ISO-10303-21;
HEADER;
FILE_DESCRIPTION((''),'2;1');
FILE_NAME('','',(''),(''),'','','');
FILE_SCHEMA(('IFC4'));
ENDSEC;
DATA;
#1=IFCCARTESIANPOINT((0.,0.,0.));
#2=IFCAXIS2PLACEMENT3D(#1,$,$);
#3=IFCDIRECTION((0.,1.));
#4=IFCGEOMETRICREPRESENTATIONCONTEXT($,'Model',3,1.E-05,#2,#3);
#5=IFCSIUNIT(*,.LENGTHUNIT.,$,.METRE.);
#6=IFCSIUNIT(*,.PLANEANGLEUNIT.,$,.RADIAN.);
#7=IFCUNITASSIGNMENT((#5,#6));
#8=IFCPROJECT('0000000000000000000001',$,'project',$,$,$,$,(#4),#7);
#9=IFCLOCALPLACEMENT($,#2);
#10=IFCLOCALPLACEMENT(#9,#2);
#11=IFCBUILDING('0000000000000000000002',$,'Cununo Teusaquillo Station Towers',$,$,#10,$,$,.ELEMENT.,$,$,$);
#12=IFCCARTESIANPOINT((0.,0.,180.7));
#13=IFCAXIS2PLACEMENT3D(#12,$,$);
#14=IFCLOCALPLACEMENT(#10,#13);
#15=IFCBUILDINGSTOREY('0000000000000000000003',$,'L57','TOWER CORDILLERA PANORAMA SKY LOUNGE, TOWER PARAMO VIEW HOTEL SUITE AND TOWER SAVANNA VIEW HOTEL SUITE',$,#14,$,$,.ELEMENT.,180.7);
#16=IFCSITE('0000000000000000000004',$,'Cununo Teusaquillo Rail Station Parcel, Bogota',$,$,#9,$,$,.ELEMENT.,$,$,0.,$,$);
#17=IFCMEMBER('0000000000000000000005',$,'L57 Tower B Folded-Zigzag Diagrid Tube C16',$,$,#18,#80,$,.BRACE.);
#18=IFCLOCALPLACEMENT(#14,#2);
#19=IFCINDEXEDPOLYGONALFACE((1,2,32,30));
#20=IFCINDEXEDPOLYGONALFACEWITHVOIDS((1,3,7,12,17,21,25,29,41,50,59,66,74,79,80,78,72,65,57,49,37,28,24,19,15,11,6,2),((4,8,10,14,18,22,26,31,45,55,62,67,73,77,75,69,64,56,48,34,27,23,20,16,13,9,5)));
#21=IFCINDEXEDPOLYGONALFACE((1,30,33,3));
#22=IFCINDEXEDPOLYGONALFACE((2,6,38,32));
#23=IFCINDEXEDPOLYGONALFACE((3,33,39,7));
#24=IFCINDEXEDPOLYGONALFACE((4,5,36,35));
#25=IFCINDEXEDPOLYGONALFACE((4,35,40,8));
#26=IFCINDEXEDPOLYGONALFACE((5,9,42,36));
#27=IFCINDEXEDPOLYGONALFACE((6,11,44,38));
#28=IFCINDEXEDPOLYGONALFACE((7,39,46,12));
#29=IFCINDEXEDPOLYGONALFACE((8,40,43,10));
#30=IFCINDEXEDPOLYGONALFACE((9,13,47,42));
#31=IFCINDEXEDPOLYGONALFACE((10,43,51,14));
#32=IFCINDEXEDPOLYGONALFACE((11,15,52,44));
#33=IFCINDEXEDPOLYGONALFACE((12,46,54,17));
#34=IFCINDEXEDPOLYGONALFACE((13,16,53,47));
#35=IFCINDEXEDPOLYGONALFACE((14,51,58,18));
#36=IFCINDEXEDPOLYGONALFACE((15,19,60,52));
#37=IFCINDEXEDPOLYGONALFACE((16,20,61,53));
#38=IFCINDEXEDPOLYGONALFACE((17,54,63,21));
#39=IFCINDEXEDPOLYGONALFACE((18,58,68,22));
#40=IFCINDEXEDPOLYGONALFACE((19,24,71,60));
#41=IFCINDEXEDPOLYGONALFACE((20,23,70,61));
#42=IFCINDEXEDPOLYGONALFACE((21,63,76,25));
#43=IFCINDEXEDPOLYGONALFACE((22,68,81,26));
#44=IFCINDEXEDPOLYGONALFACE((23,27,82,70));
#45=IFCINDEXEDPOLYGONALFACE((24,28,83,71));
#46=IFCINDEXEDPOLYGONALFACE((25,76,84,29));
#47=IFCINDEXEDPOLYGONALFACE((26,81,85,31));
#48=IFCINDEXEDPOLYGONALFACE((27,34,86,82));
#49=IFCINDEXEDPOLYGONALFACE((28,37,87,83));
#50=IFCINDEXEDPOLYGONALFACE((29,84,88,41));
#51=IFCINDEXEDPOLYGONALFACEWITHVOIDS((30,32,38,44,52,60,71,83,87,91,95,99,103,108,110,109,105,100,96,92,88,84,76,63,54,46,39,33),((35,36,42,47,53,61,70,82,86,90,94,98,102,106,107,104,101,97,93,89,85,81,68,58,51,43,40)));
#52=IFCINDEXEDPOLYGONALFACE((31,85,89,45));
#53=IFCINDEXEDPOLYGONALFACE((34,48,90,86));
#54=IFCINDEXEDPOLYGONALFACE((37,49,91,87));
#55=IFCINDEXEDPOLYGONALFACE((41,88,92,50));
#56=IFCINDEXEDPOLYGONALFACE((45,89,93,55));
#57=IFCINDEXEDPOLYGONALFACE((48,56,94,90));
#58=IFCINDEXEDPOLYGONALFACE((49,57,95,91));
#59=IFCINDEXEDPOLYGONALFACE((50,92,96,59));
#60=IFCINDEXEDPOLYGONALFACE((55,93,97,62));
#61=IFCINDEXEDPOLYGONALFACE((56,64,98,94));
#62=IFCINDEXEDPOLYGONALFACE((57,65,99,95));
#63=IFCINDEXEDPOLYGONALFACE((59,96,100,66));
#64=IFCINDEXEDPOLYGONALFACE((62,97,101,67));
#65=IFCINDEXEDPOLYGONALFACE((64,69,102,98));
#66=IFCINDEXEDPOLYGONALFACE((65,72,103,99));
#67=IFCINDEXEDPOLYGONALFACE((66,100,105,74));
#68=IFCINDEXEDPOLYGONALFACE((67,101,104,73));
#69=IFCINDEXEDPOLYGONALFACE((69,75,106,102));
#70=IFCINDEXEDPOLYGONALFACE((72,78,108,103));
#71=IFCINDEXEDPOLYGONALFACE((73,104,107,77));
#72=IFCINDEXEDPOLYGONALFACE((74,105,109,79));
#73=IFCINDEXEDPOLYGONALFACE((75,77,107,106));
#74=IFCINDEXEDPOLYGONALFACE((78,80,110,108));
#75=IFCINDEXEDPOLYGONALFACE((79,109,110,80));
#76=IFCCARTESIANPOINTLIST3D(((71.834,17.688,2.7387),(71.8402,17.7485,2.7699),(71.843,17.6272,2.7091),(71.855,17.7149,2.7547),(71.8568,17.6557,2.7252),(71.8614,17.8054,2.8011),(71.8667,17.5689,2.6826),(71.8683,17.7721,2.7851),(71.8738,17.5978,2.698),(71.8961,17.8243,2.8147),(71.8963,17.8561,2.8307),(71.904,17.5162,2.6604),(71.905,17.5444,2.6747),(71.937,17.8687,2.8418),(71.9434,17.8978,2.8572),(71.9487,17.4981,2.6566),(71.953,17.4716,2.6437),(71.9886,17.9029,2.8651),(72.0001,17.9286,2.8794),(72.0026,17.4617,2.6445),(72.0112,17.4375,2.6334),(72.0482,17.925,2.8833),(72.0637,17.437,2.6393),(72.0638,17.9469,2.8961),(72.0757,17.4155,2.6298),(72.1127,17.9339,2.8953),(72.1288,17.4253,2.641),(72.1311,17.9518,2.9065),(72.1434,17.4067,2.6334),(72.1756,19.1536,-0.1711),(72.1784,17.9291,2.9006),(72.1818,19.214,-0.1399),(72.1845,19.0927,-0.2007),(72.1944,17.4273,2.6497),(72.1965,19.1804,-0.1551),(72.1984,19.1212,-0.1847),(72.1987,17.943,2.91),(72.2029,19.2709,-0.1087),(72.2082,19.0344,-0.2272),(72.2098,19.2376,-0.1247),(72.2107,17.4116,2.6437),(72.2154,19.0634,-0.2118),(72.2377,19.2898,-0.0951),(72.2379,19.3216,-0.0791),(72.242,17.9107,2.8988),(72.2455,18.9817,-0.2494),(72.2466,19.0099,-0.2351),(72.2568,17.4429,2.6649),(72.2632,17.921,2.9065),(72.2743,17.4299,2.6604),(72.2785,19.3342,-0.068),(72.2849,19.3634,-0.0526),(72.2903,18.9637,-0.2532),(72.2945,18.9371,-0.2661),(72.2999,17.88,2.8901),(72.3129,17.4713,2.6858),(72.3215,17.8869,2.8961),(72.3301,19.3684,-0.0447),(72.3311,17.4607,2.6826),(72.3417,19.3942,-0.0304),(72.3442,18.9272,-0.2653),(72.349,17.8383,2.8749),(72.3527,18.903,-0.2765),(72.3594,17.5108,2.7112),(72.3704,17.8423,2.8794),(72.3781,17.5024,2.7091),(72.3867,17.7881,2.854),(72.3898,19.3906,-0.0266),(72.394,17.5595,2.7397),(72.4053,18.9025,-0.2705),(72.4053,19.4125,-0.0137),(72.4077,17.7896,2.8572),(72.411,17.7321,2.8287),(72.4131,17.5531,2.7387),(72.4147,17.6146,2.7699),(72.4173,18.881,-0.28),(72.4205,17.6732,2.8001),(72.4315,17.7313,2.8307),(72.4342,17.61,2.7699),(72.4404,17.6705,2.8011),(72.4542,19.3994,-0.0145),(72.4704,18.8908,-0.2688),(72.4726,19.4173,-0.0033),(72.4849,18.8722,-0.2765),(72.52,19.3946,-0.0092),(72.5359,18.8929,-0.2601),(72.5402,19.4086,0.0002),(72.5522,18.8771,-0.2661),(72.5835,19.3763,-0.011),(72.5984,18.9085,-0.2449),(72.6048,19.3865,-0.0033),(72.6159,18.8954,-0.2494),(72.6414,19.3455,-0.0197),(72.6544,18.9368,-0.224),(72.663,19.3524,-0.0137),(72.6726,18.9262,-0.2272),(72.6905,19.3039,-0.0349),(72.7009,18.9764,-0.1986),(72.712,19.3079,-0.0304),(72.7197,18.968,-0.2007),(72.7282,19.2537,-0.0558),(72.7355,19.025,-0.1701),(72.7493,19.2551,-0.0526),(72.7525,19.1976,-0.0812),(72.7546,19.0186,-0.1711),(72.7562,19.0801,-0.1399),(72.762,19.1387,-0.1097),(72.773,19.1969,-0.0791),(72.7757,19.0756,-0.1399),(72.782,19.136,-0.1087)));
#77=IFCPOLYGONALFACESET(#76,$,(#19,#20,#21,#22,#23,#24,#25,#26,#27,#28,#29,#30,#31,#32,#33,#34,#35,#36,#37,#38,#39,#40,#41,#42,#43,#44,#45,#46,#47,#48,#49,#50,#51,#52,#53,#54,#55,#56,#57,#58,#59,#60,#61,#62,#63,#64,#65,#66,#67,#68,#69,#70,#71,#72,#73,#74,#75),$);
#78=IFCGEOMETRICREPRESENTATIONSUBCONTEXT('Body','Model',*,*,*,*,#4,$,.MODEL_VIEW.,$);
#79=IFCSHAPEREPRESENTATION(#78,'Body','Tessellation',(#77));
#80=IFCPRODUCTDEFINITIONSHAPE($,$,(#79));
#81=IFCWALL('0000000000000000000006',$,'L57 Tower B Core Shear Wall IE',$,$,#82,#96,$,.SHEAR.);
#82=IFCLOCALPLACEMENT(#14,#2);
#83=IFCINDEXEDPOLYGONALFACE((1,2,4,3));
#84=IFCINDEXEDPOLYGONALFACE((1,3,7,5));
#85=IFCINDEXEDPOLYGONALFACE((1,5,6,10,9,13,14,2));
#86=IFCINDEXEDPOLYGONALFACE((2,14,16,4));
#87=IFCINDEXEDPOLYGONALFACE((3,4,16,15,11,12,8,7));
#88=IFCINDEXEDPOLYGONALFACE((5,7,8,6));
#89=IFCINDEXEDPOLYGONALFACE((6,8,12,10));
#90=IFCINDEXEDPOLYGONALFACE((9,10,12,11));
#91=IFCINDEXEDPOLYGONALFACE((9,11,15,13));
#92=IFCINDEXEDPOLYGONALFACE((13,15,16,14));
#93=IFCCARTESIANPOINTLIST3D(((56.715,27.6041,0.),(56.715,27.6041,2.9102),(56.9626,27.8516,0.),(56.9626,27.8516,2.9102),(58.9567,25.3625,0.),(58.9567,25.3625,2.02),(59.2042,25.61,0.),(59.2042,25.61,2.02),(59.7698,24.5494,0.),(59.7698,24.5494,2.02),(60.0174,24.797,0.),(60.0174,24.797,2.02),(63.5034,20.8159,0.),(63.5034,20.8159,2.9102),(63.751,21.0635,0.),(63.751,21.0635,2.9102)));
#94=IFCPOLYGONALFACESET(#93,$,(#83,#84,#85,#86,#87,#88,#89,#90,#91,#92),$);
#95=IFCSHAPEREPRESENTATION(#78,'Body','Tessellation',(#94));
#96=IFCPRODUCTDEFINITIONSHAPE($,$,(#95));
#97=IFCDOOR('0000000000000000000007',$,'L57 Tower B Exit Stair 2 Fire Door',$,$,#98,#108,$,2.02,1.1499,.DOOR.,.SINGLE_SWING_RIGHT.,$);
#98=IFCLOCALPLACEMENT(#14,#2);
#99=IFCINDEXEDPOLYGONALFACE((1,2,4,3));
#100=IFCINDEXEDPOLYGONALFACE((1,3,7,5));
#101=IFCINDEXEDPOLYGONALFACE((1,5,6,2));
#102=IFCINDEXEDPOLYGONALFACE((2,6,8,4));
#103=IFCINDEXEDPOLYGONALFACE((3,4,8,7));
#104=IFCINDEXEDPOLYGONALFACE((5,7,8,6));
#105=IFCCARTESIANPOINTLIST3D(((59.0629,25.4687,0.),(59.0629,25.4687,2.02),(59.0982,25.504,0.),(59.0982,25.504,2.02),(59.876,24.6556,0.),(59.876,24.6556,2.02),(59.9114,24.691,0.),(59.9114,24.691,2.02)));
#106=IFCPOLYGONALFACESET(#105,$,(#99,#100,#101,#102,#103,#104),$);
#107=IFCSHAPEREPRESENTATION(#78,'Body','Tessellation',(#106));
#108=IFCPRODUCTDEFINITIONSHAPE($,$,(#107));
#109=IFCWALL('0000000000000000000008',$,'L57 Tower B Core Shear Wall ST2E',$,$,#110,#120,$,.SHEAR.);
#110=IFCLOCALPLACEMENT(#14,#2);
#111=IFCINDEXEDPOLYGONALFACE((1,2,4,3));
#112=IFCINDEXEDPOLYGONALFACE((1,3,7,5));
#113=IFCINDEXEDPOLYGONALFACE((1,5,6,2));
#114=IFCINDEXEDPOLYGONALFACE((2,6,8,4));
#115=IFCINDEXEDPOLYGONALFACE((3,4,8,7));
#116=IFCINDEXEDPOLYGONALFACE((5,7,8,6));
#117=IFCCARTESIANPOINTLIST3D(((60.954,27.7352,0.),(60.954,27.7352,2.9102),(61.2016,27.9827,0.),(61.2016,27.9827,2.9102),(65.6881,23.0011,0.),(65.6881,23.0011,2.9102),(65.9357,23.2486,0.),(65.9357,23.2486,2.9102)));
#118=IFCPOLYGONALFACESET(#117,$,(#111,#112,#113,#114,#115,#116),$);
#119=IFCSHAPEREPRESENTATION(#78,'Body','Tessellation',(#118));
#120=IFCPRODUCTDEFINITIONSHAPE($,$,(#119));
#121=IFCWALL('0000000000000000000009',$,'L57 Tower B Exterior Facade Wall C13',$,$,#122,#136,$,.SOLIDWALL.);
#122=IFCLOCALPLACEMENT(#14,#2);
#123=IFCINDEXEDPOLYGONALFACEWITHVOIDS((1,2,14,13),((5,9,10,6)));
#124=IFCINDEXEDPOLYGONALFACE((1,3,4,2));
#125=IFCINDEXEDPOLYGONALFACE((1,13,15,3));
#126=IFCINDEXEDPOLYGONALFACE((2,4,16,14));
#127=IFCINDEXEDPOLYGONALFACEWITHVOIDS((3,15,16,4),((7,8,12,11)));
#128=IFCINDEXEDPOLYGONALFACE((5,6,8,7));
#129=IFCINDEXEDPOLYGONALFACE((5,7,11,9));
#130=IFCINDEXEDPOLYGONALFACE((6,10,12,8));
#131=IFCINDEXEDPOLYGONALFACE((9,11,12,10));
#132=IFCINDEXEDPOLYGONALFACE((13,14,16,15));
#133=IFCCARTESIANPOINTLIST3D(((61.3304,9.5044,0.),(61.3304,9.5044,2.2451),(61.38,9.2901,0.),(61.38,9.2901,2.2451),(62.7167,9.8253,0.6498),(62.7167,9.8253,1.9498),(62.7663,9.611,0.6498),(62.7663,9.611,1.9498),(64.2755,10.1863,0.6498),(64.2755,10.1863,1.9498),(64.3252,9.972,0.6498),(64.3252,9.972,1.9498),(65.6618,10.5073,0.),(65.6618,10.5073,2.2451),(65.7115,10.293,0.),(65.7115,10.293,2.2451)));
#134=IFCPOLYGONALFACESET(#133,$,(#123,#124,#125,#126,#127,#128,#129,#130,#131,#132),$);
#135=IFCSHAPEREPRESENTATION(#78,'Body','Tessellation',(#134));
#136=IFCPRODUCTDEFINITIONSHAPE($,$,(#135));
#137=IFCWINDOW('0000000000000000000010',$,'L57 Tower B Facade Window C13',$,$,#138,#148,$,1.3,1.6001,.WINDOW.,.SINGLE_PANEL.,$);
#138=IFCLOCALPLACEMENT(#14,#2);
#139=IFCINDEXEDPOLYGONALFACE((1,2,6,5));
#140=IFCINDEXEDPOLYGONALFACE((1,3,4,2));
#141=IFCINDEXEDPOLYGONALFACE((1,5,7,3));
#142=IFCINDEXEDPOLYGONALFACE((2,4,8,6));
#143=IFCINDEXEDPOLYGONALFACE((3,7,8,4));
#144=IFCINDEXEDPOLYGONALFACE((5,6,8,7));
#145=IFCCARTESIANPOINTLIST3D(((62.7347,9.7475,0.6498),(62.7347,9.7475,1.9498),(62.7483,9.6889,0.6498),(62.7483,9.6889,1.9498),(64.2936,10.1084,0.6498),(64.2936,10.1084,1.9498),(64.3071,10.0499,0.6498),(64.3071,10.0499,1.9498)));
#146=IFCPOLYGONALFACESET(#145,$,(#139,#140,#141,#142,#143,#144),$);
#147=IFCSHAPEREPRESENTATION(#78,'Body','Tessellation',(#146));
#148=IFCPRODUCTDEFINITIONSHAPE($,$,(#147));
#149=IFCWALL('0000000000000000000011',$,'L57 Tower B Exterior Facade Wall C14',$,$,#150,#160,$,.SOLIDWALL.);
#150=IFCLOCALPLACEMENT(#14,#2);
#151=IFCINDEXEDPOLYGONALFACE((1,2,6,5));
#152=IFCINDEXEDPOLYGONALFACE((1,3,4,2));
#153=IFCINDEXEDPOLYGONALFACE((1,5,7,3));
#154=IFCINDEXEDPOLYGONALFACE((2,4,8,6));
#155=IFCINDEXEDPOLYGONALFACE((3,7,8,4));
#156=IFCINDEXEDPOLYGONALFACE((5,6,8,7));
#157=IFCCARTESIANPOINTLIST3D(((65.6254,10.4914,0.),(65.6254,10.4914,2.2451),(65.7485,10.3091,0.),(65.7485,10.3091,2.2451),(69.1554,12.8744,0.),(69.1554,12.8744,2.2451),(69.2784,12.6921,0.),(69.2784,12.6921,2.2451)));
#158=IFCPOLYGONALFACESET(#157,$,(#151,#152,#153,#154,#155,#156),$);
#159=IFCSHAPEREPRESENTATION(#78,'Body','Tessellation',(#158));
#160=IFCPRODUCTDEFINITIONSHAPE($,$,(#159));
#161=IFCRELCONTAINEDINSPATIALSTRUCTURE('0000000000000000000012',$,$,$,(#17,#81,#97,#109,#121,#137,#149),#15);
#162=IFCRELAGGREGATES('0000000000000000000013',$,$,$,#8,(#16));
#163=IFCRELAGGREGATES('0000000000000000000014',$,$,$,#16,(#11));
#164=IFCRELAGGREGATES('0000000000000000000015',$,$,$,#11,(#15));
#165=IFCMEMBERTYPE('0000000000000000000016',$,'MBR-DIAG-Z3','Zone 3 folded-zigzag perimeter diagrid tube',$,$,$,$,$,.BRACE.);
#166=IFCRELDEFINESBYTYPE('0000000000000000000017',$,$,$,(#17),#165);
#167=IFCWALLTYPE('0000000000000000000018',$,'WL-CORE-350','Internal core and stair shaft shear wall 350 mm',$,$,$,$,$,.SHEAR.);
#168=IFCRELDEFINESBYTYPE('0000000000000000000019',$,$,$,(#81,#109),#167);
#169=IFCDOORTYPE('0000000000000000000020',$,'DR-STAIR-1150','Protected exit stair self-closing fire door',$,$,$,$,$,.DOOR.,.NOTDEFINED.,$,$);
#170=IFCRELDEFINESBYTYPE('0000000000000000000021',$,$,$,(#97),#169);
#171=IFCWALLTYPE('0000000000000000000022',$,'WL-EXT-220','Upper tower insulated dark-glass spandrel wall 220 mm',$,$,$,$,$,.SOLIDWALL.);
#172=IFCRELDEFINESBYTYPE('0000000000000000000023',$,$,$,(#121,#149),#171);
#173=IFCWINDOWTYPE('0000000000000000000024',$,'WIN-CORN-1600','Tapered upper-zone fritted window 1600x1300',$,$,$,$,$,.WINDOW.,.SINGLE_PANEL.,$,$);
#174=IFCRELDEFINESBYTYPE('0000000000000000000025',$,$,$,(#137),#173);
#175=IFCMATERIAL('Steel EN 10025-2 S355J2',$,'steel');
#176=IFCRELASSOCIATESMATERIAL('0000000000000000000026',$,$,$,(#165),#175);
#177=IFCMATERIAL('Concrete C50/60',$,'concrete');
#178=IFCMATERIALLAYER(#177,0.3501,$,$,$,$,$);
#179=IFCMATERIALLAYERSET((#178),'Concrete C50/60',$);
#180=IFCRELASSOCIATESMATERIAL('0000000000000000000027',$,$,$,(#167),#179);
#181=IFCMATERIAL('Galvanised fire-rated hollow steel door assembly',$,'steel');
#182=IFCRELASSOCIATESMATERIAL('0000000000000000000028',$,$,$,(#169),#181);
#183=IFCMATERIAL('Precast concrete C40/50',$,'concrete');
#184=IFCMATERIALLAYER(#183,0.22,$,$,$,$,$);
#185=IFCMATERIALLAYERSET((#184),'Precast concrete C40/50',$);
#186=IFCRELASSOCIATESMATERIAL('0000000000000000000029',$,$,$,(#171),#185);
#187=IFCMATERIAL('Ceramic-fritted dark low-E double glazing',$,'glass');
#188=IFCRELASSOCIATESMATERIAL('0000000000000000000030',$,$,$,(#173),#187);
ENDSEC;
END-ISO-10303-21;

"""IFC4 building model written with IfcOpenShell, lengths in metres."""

from ifc_helpers import new_model, si_unit, direction, frame, frame_2d, origin, origin_2d, place, context, subcontext, project, spatial, rectangle, hollow_circle, extrude, source, transform, mapped, material, layer, layer_set, material_profile, profile_set, type_object, element, fill, save


model = new_model("IFC4")

# Units and contexts
model_context = context("Model", 3, precision=1e-05, world=origin(), true_north=direction((0.0, 1.0)))
body_context = subcontext(model_context, "Body", "Model", "MODEL_VIEW")
ifc_project = project(units=[si_unit("LENGTHUNIT", "METRE"), si_unit("PLANEANGLEUNIT", "RADIAN")], contexts=[model_context])

# Site, building, storey
site_placement = place(None, origin())
site = spatial("IfcSite", under=ifc_project, at=site_placement, Name="Cununo Teusaquillo Rail Station Parcel, Bogota", CompositionType="ELEMENT", RefElevation=0.0)
building_placement = place(site_placement, origin())
building = spatial("IfcBuilding", under=site, at=building_placement, Name="Cununo Teusaquillo Station Towers", CompositionType="ELEMENT")
storey_placement = place(building_placement, frame((0.0, 0.0, 180.7)))
storey = spatial("IfcBuildingStorey", under=building, at=storey_placement, Name="L57", Description="TOWER CORDILLERA PANORAMA SKY LOUNGE, TOWER PARAMO VIEW HOTEL SUITE AND TOWER SAVANNA VIEW HOTEL SUITE", CompositionType="ELEMENT", Elevation=180.7)

# Member
ifc_material_1 = material(Name="Steel EN 10025-2 S355J2", Category="steel")
ifc_material_profile_1 = material_profile(ifc_material_1, hollow_circle(Radius=0.3049, WallThickness=0.02, at=origin_2d()), Name="CHS 610x20")
ifc_profile_set_1 = profile_set([ifc_material_profile_1], Name="Steel EN 10025-2 S355J2")
member_type = type_object("IfcMemberType", Name="MBR-DIAG-Z3", Description="Zone 3 folded-zigzag perimeter diagrid tube", PredefinedType="BRACE", material=ifc_profile_set_1)
member_1_placement = place(storey_placement, frame((72.4788, 19.1448, -0.1399), z_axis=(-0.104259, -0.447368, 0.888252), x_axis=(0.973902, -0.226968, 0.0)))
element("IfcMember", 1, at=member_1_placement, inside=storey, type_object=member_type, Name="L57 Tower B Folded-Zigzag Diagrid Tube C16", PredefinedType="BRACE", context=body_context, shape_type="SweptSolid", body=[
    extrude(hollow_circle(Radius=0.3049, WallThickness=0.02, at=origin_2d()), origin(), (0.0, 0.0, 1.0), 3.2759),
])

# Wall, opening, door
ifc_material_2 = material(Name="Concrete C50/60", Category="concrete")
ifc_layer_1 = layer(ifc_material_2, 0.3501)
ifc_layer_set_1 = layer_set([ifc_layer_1], Name="Concrete C50/60")
wall_type_1 = type_object("IfcWallType", Name="WL-CORE-350", Description="Internal core and stair shaft shear wall 350 mm", PredefinedType="SHEAR", material=ifc_layer_set_1)
wall_1_placement = place(storey_placement, frame((63.6272, 20.9397, 0.0), z_axis=(0.0, 0.0, 1.0), x_axis=(-0.707119, 0.707094, 0.0)))
wall_1 = element("IfcWall", 2, at=wall_1_placement, inside=storey, type_object=wall_type_1, Name="L57 Tower B Core Shear Wall IE", PredefinedType="SHEAR", context=body_context, shape_type="SweptSolid", body=[
    extrude(rectangle(XDim=9.6001, YDim=0.3501, at=frame_2d((4.8, 0.0))), origin(), (0.0, 0.0, 1.0), 2.9102),
])
shared_shape_1 = source(origin(), body_context, "Body", "SweptSolid", [
    extrude(rectangle(XDim=1.1499, YDim=2.02, at=frame_2d((0.575, 1.01))), frame((0.0, 0.1851, 0.0), z_axis=(0.0, -1.0, 0.0), x_axis=(1.0, 0.0, 0.0)), (0.0, 0.0, 1.0), 0.3701),
])
opening_1_placement = place(wall_1_placement, frame((5.28, 0.0, 0.0)))
opening_1 = element("IfcOpeningElement", 3, at=opening_1_placement, cuts=wall_1, PredefinedType="OPENING", context=body_context, shape_type="MappedRepresentation", body=[
    mapped(shared_shape_1, transform((0.0, 0.0, 0.0), x_axis=(1.0, 0.0, 0.0), y_axis=(0.0, 1.0, 0.0), z_axis=(0.0, 0.0, 1.0), scale=1.0)),
])
ifc_material_3 = material(Name="Galvanised fire-rated hollow steel door assembly", Category="steel")
door_type_1 = type_object("IfcDoorType", Name="DR-STAIR-1150", Description="Protected exit stair self-closing fire door", OperationType="NOTDEFINED", PredefinedType="DOOR", material=ifc_material_3)
shared_shape_2 = source(origin(), body_context, "Body", "SweptSolid", [
    extrude(rectangle(XDim=1.1499, YDim=2.02, at=frame_2d((0.575, 1.01))), frame((0.0, 0.0249, 0.0), z_axis=(0.0, -1.0, 0.0), x_axis=(1.0, 0.0, 0.0)), (0.0, 0.0, 1.0), 0.05),
])
door_1_placement = place(opening_1_placement, origin())
door_1 = element("IfcDoor", 4, at=door_1_placement, inside=storey, type_object=door_type_1, Name="L57 Tower B Exit Stair 2 Fire Door", OperationType="SINGLE_SWING_RIGHT", OverallHeight=2.02, OverallWidth=1.1499, PredefinedType="DOOR", context=body_context, shape_type="MappedRepresentation", body=[
    mapped(shared_shape_2, transform((0.0, 0.0, 0.0), x_axis=(1.0, 0.0, 0.0), y_axis=(0.0, 1.0, 0.0), z_axis=(0.0, 0.0, 1.0), scale=1.0)),
])
fill(opening_1, door_1)

# Wall
wall_2_placement = place(storey_placement, frame((65.812, 23.1248, 0.0), z_axis=(0.0, 0.0, 1.0), x_axis=(-0.707107, 0.707107, 0.0)))
element("IfcWall", 5, at=wall_2_placement, inside=storey, type_object=wall_type_1, Name="L57 Tower B Core Shear Wall ST2E", PredefinedType="SHEAR", context=body_context, shape_type="SweptSolid", body=[
    extrude(rectangle(XDim=6.6951, YDim=0.3501, at=frame_2d((3.3477, 0.0))), origin(), (0.0, 0.0, 1.0), 2.9102),
])

# Wall, opening, window
ifc_material_4 = material(Name="Precast concrete C40/50", Category="concrete")
ifc_layer_2 = layer(ifc_material_4, 0.22)
ifc_layer_set_2 = layer_set([ifc_layer_2], Name="Precast concrete C40/50")
wall_type_2 = type_object("IfcWallType", Name="WL-EXT-220", Description="Upper tower insulated dark-glass spandrel wall 220 mm", PredefinedType="SOLIDWALL", material=ifc_layer_set_2)
wall_3_placement = place(storey_placement, frame((65.6868, 10.4001, 0.0), z_axis=(0.0, 0.0, 1.0), x_axis=(-0.974226, -0.225573, 0.0)))
wall_3 = element("IfcWall", 6, at=wall_3_placement, inside=storey, type_object=wall_type_2, Name="L57 Tower B Exterior Facade Wall C13", PredefinedType="SOLIDWALL", context=body_context, shape_type="SweptSolid", body=[
    extrude(rectangle(XDim=4.446, YDim=0.22, at=frame_2d((2.2231, 0.0))), origin(), (0.0, 0.0, 1.0), 2.2451),
])
shared_shape_3 = source(origin(), body_context, "Body", "SweptSolid", [
    extrude(rectangle(XDim=1.6001, YDim=1.3, at=frame_2d((0.8, 0.6499))), frame((0.0, 0.1199, 0.0), z_axis=(0.0, -1.0, 0.0), x_axis=(1.0, 0.0, 0.0)), (0.0, 0.0, 1.0), 0.24),
])
opening_2_placement = place(wall_3_placement, frame((1.4231, 0.0, 0.6499)))
opening_2 = element("IfcOpeningElement", 7, at=opening_2_placement, cuts=wall_3, PredefinedType="OPENING", context=body_context, shape_type="MappedRepresentation", body=[
    mapped(shared_shape_3, transform((0.0, 0.0, 0.0), x_axis=(1.0, 0.0, 0.0), y_axis=(0.0, 1.0, 0.0), z_axis=(0.0, 0.0, 1.0), scale=1.0)),
])
ifc_material_5 = material(Name="Ceramic-fritted dark low-E double glazing", Category="glass")
window_type = type_object("IfcWindowType", Name="WIN-CORN-1600", Description="Tapered upper-zone fritted window 1600x1300", PartitioningType="SINGLE_PANEL", PredefinedType="WINDOW", material=ifc_material_5)
shared_shape_4 = source(origin(), body_context, "Body", "SweptSolid", [
    extrude(rectangle(XDim=1.6001, YDim=1.3, at=frame_2d((0.8, 0.6499))), frame((0.0, 0.03, 0.0), z_axis=(0.0, -1.0, 0.0), x_axis=(1.0, 0.0, 0.0)), (0.0, 0.0, 1.0), 0.0601),
])
window_1_placement = place(opening_2_placement, origin())
window_1 = element("IfcWindow", 8, at=window_1_placement, inside=storey, type_object=window_type, Name="L57 Tower B Facade Window C13", OverallHeight=1.3, OverallWidth=1.6001, PartitioningType="SINGLE_PANEL", PredefinedType="WINDOW", context=body_context, shape_type="MappedRepresentation", body=[
    mapped(shared_shape_4, transform((0.0, 0.0, 0.0), x_axis=(1.0, 0.0, 0.0), y_axis=(0.0, 1.0, 0.0), z_axis=(0.0, 0.0, 1.0), scale=1.0)),
])
fill(opening_2, window_1)

# Wall
wall_4_placement = place(storey_placement, frame((69.2168, 12.7832, 0.0), z_axis=(0.0, 0.0, 1.0), x_axis=(-0.828817, -0.559519, 0.0)))
element("IfcWall", 9, at=wall_4_placement, inside=storey, type_object=wall_type_2, Name="L57 Tower B Exterior Facade Wall C14", PredefinedType="SOLIDWALL", context=body_context, shape_type="SweptSolid", body=[
    extrude(rectangle(XDim=4.259, YDim=0.22, at=frame_2d((2.1294, 0.0))), origin(), (0.0, 0.0, 1.0), 2.2451),
])

save(model, "model.ifc")
